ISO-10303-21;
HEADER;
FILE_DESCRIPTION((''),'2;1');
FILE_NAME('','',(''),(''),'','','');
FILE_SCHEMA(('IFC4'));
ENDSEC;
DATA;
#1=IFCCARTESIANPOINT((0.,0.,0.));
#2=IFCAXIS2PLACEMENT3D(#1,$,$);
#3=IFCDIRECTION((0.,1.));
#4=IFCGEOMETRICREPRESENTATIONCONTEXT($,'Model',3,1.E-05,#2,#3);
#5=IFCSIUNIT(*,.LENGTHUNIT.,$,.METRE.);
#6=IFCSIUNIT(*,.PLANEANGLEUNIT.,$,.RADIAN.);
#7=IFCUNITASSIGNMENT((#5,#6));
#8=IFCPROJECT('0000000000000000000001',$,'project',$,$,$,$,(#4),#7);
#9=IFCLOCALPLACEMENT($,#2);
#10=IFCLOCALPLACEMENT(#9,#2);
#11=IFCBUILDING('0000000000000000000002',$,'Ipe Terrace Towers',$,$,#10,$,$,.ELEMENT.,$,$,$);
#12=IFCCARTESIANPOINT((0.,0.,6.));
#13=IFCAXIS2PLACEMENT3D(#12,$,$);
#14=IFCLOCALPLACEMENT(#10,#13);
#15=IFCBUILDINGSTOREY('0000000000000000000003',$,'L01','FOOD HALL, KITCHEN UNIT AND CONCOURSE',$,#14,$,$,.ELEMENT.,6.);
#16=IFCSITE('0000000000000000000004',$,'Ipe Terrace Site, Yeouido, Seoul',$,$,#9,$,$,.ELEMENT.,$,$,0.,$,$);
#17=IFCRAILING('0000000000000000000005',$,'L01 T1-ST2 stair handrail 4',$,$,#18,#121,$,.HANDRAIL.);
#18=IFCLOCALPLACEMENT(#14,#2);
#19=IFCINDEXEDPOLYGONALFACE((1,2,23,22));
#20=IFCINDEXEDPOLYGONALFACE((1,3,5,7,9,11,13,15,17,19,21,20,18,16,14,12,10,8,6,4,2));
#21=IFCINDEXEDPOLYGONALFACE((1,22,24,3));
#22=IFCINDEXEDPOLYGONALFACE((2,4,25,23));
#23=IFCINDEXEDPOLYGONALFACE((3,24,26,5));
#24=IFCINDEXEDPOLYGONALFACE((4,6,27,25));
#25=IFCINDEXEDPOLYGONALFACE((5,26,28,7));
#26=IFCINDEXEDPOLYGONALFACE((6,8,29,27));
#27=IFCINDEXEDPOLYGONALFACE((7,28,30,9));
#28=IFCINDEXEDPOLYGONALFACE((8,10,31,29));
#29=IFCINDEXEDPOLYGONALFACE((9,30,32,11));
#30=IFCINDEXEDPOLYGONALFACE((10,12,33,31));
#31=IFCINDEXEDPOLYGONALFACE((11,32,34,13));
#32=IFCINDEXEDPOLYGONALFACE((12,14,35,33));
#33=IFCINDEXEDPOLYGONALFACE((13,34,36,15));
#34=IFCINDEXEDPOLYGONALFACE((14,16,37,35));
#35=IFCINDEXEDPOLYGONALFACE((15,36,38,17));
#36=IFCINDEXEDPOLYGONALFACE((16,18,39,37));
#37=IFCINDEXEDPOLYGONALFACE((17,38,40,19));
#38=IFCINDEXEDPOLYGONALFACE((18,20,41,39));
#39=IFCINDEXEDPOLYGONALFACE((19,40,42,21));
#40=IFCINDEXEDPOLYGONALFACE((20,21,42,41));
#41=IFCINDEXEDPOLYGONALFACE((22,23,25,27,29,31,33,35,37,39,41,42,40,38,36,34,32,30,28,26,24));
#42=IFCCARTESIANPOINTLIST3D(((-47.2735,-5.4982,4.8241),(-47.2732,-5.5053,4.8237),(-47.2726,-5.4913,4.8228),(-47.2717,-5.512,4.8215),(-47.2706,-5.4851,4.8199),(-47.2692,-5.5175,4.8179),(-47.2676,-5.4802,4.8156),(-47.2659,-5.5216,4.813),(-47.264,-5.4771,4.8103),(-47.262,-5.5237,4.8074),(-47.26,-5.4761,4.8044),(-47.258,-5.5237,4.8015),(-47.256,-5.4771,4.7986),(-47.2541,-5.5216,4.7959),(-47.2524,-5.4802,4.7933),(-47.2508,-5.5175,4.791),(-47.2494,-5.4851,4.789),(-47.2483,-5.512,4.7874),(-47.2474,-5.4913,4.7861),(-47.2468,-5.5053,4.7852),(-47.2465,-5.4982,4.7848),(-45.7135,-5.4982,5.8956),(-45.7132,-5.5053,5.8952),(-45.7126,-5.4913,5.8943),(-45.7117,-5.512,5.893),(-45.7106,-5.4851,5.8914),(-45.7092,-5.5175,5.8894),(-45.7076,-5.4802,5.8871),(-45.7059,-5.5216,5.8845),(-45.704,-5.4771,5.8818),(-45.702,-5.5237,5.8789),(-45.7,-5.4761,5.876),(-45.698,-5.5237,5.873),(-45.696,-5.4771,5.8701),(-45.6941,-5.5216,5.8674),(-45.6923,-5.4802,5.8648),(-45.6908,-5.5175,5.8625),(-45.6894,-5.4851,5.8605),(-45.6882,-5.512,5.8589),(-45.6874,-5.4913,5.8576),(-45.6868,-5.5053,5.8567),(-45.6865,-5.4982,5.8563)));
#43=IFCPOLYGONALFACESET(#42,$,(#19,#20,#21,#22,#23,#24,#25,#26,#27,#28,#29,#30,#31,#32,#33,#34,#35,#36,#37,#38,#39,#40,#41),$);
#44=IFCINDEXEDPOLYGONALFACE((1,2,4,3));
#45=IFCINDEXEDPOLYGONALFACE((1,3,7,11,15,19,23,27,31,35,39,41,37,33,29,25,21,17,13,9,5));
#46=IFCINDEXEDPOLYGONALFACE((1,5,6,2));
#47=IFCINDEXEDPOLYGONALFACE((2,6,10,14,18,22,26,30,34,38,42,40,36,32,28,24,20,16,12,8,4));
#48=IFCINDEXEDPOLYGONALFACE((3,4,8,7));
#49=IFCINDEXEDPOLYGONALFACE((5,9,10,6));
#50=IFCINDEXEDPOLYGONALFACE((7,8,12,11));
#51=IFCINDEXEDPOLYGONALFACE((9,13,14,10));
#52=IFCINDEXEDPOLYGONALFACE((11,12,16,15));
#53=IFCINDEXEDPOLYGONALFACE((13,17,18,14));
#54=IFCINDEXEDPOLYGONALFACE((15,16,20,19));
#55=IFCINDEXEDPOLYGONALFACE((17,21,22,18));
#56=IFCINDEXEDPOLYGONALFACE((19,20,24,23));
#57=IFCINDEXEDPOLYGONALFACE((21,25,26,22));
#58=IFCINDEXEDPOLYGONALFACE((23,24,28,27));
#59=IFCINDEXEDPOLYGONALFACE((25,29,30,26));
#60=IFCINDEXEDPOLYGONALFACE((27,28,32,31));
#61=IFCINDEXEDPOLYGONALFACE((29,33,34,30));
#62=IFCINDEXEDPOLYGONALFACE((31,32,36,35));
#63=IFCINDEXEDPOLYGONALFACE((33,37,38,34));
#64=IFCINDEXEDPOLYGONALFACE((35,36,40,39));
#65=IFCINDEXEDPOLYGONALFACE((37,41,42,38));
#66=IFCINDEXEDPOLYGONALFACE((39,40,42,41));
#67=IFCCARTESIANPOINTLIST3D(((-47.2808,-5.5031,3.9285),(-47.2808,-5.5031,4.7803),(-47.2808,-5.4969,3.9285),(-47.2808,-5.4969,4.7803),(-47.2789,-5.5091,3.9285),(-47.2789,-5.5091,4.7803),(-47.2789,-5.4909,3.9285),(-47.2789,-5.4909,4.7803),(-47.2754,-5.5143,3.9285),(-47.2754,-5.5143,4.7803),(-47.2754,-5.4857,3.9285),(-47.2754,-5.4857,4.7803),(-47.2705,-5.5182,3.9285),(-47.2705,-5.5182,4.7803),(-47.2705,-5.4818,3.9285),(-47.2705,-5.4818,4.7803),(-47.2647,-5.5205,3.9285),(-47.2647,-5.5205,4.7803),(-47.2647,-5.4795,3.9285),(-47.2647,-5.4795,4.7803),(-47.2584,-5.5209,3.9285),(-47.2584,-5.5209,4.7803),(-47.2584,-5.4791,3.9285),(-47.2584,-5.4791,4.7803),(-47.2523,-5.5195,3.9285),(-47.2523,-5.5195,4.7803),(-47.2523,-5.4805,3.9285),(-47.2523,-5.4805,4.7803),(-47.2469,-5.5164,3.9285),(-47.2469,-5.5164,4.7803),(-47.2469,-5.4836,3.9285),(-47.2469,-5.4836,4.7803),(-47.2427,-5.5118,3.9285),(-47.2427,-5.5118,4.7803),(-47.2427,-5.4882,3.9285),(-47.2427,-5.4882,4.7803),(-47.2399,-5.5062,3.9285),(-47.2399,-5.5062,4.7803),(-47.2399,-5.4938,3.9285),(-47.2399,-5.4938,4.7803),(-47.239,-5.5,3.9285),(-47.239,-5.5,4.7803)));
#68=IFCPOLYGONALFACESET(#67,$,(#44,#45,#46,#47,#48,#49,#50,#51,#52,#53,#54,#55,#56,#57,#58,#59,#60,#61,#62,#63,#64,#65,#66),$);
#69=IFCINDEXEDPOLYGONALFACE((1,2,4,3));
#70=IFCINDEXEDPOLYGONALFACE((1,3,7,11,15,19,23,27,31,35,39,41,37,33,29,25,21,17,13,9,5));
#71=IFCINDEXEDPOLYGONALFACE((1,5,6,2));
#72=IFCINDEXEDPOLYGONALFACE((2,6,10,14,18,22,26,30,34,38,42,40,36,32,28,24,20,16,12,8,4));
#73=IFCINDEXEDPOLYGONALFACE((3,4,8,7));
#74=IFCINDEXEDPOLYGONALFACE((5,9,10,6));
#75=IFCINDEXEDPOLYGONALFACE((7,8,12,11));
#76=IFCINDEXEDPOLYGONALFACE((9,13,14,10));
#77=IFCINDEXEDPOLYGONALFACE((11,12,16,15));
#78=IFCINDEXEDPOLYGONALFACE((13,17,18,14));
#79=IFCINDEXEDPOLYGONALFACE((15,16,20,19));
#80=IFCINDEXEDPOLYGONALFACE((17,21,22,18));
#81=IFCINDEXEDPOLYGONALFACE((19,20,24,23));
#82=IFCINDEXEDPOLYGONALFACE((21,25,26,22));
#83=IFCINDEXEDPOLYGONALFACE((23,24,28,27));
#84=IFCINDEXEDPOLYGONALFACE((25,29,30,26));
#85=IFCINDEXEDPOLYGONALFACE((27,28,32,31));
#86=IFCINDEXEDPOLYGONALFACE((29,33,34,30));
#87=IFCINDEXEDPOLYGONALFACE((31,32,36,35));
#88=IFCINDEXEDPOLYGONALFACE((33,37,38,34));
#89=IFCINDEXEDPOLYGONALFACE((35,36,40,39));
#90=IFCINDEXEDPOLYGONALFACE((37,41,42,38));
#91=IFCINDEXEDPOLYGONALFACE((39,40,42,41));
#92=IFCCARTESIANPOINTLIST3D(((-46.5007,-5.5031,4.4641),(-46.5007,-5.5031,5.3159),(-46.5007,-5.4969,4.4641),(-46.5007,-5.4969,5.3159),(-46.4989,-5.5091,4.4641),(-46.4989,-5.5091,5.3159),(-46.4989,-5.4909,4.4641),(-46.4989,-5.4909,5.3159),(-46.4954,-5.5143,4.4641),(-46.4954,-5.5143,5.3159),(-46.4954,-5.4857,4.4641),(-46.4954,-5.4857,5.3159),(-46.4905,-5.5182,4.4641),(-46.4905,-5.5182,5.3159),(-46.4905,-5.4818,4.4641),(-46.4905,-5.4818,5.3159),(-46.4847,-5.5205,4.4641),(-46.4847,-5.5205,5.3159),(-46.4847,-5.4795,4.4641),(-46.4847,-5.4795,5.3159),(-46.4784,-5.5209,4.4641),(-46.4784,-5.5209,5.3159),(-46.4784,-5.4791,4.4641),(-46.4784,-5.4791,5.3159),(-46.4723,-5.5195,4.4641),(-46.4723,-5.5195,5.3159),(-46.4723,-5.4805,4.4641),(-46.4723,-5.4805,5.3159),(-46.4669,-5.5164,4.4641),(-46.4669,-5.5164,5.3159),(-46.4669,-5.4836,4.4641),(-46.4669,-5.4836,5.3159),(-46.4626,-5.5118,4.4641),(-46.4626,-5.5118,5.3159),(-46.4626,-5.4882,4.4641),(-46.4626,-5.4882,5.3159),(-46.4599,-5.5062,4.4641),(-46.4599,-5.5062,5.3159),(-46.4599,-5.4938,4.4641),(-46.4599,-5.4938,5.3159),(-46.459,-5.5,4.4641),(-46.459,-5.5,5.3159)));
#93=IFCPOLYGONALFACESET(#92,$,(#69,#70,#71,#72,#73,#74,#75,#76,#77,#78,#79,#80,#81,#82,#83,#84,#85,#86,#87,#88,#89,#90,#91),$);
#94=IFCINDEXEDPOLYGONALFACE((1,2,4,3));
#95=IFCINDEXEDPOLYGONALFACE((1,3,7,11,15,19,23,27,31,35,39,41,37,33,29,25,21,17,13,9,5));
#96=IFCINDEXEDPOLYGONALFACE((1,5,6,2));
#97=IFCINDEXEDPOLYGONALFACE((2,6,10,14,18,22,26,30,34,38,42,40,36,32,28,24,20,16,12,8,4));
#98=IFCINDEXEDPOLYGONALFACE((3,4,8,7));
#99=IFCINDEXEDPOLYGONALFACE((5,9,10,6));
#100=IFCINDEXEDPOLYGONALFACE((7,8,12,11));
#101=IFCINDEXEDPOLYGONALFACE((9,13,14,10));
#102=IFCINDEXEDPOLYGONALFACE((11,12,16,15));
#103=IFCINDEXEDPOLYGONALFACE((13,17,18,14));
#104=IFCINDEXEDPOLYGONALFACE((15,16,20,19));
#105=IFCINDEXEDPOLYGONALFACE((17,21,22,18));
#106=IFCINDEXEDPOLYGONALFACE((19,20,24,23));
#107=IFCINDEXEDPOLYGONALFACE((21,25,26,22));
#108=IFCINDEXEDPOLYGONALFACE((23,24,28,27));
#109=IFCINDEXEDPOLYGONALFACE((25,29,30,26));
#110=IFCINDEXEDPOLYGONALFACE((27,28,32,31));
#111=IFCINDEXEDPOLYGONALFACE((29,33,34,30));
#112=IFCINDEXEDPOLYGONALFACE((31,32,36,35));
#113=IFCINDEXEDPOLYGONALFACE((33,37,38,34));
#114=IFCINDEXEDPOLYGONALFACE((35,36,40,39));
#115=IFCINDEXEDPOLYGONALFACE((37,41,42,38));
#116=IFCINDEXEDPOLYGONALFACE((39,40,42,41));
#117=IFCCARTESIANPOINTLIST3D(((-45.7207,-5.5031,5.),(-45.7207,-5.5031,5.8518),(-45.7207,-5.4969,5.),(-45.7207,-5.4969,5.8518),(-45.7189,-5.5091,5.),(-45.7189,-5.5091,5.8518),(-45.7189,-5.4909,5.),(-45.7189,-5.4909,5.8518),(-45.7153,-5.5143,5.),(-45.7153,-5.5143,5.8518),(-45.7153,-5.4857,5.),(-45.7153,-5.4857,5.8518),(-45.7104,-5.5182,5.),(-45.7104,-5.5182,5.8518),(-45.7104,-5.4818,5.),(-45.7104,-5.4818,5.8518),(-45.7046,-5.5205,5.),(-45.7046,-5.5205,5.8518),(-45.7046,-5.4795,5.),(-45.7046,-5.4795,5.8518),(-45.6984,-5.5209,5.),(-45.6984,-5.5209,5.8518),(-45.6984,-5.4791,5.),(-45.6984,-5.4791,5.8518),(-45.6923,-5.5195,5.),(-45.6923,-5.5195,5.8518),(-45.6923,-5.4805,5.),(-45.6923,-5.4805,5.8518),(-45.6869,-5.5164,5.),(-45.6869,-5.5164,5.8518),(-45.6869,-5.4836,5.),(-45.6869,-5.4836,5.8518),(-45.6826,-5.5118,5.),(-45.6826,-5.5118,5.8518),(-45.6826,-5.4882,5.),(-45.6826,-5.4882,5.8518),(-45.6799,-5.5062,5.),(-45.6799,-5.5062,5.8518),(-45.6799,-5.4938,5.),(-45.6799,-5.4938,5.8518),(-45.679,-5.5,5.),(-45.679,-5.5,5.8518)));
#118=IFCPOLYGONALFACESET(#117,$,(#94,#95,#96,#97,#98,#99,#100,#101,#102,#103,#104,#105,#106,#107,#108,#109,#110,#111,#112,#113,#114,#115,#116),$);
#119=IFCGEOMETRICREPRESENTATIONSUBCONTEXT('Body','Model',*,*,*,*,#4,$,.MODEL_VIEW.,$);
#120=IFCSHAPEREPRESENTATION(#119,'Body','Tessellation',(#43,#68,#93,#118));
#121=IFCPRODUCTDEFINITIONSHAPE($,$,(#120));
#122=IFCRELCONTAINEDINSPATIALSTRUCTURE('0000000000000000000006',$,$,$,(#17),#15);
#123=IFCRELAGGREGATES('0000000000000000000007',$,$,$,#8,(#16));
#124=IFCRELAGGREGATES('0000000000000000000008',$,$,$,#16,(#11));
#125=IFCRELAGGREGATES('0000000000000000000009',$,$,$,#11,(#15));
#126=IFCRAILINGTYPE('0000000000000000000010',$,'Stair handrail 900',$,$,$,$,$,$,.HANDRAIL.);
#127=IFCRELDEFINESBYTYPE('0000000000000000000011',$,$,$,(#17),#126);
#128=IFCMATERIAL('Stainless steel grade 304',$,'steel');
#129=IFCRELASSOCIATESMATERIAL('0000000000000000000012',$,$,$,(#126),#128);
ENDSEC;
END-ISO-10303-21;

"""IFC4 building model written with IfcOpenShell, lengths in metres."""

from ifc_helpers import new_model, si_unit, direction, frame, origin, origin_2d, place, context, subcontext, project, spatial, circle, extrude, material, type_object, element, save


model = new_model("IFC4")

# Units and contexts
model_context = context("Model", 3, precision=1e-05, world=origin(), true_north=direction((0.0, 1.0)))
body_context = subcontext(model_context, "Body", "Model", "MODEL_VIEW")
ifc_project = project(units=[si_unit("LENGTHUNIT", "METRE"), si_unit("PLANEANGLEUNIT", "RADIAN")], contexts=[model_context])

# Site, building, storey
site_placement = place(None, origin())
site = spatial("IfcSite", under=ifc_project, at=site_placement, Name="Ipe Terrace Site, Yeouido, Seoul", CompositionType="ELEMENT", RefElevation=0.0)
building_placement = place(site_placement, origin())
building = spatial("IfcBuilding", under=site, at=building_placement, Name="Ipe Terrace Towers", CompositionType="ELEMENT")
storey_placement = place(building_placement, frame((0.0, 0.0, 6.0)))
storey = spatial("IfcBuildingStorey", under=building, at=storey_placement, Name="L01", Description="FOOD HALL, KITCHEN UNIT AND CONCOURSE", CompositionType="ELEMENT", Elevation=6.0)

# Railing
ifc_material_1 = material(Name="Stainless steel grade 304", Category="steel")
railing_type_1 = type_object("IfcRailingType", Name="Stair handrail 900", PredefinedType="HANDRAIL", material=ifc_material_1)
railing_1_placement = place(storey_placement, frame((-47.26, -5.5, 3.9285)))
element("IfcRailing", 1, at=railing_1_placement, inside=storey, type_object=railing_type_1, Name="L01 T1-ST2 stair handrail 4", PredefinedType="HANDRAIL", context=body_context, shape_type="SweptSolid", body=[
    extrude(circle(Radius=0.0239, at=origin_2d()), frame((0.0, 0.0, 0.876), z_axis=(0.82429, 0.0, 0.566167), x_axis=(0.0, 1.0, 0.0)), (0.0, 0.0, 1.0), 1.8926),
    extrude(circle(Radius=0.021, at=origin_2d()), origin(), (0.0, 0.0, 1.0), 0.8518),
    extrude(circle(Radius=0.021, at=origin_2d()), frame((0.78, 0.0, 0.5356)), (0.0, 0.0, 1.0), 0.8518),
    extrude(circle(Radius=0.021, at=origin_2d()), frame((1.5601, 0.0, 1.0715)), (0.0, 0.0, 1.0), 0.8518),
])

save(model, "model.ifc")
